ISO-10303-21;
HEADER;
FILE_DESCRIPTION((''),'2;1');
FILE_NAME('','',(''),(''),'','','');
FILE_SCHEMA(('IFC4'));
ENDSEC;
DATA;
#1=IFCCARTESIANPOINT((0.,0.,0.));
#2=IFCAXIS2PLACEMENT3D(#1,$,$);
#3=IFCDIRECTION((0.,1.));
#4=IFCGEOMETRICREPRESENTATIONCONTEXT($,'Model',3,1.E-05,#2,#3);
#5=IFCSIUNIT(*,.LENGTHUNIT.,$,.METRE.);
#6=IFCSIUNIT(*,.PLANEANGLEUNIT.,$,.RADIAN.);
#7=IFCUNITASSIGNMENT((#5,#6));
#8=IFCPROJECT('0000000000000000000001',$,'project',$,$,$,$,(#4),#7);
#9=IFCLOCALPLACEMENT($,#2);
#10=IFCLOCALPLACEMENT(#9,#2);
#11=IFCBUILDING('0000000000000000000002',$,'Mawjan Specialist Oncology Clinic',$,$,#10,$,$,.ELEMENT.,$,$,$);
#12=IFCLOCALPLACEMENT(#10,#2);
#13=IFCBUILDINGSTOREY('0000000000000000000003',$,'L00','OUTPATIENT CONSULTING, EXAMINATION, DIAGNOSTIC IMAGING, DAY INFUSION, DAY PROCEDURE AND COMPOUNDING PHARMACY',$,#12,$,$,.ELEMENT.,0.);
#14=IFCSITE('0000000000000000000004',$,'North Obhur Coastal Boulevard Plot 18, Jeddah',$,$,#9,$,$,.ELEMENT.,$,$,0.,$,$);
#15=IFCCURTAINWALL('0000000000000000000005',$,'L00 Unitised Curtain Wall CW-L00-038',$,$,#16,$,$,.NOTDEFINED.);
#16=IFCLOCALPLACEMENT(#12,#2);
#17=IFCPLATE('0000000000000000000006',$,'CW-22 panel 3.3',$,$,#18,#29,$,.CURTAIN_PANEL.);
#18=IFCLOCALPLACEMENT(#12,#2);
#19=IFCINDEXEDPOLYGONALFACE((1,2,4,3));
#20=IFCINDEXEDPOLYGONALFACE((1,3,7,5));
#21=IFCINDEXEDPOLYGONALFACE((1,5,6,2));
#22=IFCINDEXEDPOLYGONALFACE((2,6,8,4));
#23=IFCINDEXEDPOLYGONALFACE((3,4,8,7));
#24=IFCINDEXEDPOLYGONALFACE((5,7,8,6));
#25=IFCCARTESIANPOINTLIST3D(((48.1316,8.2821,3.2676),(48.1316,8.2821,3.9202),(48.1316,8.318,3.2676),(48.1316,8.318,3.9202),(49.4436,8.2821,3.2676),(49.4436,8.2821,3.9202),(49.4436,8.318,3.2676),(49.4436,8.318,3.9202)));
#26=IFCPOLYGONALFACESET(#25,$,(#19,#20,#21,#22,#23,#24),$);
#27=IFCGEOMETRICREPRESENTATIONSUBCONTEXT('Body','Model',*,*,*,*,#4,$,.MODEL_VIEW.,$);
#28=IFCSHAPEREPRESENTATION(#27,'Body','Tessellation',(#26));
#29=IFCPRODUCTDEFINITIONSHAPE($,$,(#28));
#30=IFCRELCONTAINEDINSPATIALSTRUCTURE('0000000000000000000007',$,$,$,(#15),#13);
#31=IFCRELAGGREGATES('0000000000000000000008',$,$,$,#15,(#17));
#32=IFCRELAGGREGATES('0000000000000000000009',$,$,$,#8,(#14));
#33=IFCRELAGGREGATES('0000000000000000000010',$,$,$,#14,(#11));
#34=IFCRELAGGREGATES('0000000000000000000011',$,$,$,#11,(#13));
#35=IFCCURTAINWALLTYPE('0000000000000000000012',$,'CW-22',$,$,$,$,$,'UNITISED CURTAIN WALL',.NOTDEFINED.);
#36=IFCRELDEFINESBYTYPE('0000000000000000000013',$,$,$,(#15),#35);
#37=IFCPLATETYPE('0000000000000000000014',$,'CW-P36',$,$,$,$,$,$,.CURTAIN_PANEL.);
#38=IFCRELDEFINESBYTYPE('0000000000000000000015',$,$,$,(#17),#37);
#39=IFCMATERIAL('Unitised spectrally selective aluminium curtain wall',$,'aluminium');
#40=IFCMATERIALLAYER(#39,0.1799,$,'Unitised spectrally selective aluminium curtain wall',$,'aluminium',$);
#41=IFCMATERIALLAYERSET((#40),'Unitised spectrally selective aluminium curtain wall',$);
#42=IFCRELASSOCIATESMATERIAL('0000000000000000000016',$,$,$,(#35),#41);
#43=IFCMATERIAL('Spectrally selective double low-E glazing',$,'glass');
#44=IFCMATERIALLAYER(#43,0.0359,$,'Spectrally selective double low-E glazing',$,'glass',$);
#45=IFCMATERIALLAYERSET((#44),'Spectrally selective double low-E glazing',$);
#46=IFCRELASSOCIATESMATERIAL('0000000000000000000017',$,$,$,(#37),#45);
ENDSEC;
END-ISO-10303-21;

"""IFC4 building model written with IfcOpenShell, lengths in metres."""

from ifc_helpers import new_model, si_unit, direction, frame, origin, origin_2d, place, context, subcontext, project, spatial, rectangle, extrude, material, layer, layer_set, type_object, element, aggregate, save


model = new_model("IFC4")

# Units and contexts
model_context = context("Model", 3, precision=1e-05, world=origin(), true_north=direction((0.0, 1.0)))
body_context = subcontext(model_context, "Body", "Model", "MODEL_VIEW")
ifc_project = project(units=[si_unit("LENGTHUNIT", "METRE"), si_unit("PLANEANGLEUNIT", "RADIAN")], contexts=[model_context])

# Site, building, storey
site_placement = place(None, origin())
site = spatial("IfcSite", under=ifc_project, at=site_placement, Name="North Obhur Coastal Boulevard Plot 18, Jeddah", CompositionType="ELEMENT", RefElevation=0.0)
building_placement = place(site_placement, origin())
building = spatial("IfcBuilding", under=site, at=building_placement, Name="Mawjan Specialist Oncology Clinic", CompositionType="ELEMENT")
storey_placement = place(building_placement, origin())
storey = spatial("IfcBuildingStorey", under=building, at=storey_placement, Name="L00", Description="OUTPATIENT CONSULTING, EXAMINATION, DIAGNOSTIC IMAGING, DAY INFUSION, DAY PROCEDURE AND COMPOUNDING PHARMACY", CompositionType="ELEMENT", Elevation=0.0)

# Curtain wall, plate
ifc_material_1 = material(Name="Unitised spectrally selective aluminium curtain wall", Category="aluminium")
ifc_layer_1 = layer(ifc_material_1, 0.1799, Name="Unitised spectrally selective aluminium curtain wall", Category="aluminium")
ifc_layer_set_1 = layer_set([ifc_layer_1], Name="Unitised spectrally selective aluminium curtain wall")
curtain_wall_type = type_object("IfcCurtainWallType", Name="CW-22", ElementType="UNITISED CURTAIN WALL", PredefinedType="NOTDEFINED", material=ifc_layer_set_1)
curtain_wall_placement = place(storey_placement, origin())
curtain_wall = element("IfcCurtainWall", 1, at=curtain_wall_placement, inside=storey, type_object=curtain_wall_type, Name="L00 Unitised Curtain Wall CW-L00-038", PredefinedType="NOTDEFINED")
ifc_material_2 = material(Name="Spectrally selective double low-E glazing", Category="glass")
ifc_layer_2 = layer(ifc_material_2, 0.0359, Name="Spectrally selective double low-E glazing", Category="glass")
ifc_layer_set_2 = layer_set([ifc_layer_2], Name="Spectrally selective double low-E glazing")
plate_type = type_object("IfcPlateType", Name="CW-P36", PredefinedType="CURTAIN_PANEL", material=ifc_layer_set_2)
plate_1_placement = place(storey_placement, frame((48.7876, 8.3, 3.2676), z_axis=(0.0, 0.0, 1.0), x_axis=(-1.0, 0.0, 0.0)))
plate_1 = element("IfcPlate", 2, at=plate_1_placement, type_object=plate_type, Name="CW-22 panel 3.3", PredefinedType="CURTAIN_PANEL", context=body_context, shape_type="SweptSolid", body=[
    extrude(rectangle(XDim=1.312, YDim=0.0359, at=origin_2d()), origin(), (0.0, 0.0, 1.0), 0.6526),
])
aggregate(curtain_wall, [plate_1])

save(model, "model.ifc")
